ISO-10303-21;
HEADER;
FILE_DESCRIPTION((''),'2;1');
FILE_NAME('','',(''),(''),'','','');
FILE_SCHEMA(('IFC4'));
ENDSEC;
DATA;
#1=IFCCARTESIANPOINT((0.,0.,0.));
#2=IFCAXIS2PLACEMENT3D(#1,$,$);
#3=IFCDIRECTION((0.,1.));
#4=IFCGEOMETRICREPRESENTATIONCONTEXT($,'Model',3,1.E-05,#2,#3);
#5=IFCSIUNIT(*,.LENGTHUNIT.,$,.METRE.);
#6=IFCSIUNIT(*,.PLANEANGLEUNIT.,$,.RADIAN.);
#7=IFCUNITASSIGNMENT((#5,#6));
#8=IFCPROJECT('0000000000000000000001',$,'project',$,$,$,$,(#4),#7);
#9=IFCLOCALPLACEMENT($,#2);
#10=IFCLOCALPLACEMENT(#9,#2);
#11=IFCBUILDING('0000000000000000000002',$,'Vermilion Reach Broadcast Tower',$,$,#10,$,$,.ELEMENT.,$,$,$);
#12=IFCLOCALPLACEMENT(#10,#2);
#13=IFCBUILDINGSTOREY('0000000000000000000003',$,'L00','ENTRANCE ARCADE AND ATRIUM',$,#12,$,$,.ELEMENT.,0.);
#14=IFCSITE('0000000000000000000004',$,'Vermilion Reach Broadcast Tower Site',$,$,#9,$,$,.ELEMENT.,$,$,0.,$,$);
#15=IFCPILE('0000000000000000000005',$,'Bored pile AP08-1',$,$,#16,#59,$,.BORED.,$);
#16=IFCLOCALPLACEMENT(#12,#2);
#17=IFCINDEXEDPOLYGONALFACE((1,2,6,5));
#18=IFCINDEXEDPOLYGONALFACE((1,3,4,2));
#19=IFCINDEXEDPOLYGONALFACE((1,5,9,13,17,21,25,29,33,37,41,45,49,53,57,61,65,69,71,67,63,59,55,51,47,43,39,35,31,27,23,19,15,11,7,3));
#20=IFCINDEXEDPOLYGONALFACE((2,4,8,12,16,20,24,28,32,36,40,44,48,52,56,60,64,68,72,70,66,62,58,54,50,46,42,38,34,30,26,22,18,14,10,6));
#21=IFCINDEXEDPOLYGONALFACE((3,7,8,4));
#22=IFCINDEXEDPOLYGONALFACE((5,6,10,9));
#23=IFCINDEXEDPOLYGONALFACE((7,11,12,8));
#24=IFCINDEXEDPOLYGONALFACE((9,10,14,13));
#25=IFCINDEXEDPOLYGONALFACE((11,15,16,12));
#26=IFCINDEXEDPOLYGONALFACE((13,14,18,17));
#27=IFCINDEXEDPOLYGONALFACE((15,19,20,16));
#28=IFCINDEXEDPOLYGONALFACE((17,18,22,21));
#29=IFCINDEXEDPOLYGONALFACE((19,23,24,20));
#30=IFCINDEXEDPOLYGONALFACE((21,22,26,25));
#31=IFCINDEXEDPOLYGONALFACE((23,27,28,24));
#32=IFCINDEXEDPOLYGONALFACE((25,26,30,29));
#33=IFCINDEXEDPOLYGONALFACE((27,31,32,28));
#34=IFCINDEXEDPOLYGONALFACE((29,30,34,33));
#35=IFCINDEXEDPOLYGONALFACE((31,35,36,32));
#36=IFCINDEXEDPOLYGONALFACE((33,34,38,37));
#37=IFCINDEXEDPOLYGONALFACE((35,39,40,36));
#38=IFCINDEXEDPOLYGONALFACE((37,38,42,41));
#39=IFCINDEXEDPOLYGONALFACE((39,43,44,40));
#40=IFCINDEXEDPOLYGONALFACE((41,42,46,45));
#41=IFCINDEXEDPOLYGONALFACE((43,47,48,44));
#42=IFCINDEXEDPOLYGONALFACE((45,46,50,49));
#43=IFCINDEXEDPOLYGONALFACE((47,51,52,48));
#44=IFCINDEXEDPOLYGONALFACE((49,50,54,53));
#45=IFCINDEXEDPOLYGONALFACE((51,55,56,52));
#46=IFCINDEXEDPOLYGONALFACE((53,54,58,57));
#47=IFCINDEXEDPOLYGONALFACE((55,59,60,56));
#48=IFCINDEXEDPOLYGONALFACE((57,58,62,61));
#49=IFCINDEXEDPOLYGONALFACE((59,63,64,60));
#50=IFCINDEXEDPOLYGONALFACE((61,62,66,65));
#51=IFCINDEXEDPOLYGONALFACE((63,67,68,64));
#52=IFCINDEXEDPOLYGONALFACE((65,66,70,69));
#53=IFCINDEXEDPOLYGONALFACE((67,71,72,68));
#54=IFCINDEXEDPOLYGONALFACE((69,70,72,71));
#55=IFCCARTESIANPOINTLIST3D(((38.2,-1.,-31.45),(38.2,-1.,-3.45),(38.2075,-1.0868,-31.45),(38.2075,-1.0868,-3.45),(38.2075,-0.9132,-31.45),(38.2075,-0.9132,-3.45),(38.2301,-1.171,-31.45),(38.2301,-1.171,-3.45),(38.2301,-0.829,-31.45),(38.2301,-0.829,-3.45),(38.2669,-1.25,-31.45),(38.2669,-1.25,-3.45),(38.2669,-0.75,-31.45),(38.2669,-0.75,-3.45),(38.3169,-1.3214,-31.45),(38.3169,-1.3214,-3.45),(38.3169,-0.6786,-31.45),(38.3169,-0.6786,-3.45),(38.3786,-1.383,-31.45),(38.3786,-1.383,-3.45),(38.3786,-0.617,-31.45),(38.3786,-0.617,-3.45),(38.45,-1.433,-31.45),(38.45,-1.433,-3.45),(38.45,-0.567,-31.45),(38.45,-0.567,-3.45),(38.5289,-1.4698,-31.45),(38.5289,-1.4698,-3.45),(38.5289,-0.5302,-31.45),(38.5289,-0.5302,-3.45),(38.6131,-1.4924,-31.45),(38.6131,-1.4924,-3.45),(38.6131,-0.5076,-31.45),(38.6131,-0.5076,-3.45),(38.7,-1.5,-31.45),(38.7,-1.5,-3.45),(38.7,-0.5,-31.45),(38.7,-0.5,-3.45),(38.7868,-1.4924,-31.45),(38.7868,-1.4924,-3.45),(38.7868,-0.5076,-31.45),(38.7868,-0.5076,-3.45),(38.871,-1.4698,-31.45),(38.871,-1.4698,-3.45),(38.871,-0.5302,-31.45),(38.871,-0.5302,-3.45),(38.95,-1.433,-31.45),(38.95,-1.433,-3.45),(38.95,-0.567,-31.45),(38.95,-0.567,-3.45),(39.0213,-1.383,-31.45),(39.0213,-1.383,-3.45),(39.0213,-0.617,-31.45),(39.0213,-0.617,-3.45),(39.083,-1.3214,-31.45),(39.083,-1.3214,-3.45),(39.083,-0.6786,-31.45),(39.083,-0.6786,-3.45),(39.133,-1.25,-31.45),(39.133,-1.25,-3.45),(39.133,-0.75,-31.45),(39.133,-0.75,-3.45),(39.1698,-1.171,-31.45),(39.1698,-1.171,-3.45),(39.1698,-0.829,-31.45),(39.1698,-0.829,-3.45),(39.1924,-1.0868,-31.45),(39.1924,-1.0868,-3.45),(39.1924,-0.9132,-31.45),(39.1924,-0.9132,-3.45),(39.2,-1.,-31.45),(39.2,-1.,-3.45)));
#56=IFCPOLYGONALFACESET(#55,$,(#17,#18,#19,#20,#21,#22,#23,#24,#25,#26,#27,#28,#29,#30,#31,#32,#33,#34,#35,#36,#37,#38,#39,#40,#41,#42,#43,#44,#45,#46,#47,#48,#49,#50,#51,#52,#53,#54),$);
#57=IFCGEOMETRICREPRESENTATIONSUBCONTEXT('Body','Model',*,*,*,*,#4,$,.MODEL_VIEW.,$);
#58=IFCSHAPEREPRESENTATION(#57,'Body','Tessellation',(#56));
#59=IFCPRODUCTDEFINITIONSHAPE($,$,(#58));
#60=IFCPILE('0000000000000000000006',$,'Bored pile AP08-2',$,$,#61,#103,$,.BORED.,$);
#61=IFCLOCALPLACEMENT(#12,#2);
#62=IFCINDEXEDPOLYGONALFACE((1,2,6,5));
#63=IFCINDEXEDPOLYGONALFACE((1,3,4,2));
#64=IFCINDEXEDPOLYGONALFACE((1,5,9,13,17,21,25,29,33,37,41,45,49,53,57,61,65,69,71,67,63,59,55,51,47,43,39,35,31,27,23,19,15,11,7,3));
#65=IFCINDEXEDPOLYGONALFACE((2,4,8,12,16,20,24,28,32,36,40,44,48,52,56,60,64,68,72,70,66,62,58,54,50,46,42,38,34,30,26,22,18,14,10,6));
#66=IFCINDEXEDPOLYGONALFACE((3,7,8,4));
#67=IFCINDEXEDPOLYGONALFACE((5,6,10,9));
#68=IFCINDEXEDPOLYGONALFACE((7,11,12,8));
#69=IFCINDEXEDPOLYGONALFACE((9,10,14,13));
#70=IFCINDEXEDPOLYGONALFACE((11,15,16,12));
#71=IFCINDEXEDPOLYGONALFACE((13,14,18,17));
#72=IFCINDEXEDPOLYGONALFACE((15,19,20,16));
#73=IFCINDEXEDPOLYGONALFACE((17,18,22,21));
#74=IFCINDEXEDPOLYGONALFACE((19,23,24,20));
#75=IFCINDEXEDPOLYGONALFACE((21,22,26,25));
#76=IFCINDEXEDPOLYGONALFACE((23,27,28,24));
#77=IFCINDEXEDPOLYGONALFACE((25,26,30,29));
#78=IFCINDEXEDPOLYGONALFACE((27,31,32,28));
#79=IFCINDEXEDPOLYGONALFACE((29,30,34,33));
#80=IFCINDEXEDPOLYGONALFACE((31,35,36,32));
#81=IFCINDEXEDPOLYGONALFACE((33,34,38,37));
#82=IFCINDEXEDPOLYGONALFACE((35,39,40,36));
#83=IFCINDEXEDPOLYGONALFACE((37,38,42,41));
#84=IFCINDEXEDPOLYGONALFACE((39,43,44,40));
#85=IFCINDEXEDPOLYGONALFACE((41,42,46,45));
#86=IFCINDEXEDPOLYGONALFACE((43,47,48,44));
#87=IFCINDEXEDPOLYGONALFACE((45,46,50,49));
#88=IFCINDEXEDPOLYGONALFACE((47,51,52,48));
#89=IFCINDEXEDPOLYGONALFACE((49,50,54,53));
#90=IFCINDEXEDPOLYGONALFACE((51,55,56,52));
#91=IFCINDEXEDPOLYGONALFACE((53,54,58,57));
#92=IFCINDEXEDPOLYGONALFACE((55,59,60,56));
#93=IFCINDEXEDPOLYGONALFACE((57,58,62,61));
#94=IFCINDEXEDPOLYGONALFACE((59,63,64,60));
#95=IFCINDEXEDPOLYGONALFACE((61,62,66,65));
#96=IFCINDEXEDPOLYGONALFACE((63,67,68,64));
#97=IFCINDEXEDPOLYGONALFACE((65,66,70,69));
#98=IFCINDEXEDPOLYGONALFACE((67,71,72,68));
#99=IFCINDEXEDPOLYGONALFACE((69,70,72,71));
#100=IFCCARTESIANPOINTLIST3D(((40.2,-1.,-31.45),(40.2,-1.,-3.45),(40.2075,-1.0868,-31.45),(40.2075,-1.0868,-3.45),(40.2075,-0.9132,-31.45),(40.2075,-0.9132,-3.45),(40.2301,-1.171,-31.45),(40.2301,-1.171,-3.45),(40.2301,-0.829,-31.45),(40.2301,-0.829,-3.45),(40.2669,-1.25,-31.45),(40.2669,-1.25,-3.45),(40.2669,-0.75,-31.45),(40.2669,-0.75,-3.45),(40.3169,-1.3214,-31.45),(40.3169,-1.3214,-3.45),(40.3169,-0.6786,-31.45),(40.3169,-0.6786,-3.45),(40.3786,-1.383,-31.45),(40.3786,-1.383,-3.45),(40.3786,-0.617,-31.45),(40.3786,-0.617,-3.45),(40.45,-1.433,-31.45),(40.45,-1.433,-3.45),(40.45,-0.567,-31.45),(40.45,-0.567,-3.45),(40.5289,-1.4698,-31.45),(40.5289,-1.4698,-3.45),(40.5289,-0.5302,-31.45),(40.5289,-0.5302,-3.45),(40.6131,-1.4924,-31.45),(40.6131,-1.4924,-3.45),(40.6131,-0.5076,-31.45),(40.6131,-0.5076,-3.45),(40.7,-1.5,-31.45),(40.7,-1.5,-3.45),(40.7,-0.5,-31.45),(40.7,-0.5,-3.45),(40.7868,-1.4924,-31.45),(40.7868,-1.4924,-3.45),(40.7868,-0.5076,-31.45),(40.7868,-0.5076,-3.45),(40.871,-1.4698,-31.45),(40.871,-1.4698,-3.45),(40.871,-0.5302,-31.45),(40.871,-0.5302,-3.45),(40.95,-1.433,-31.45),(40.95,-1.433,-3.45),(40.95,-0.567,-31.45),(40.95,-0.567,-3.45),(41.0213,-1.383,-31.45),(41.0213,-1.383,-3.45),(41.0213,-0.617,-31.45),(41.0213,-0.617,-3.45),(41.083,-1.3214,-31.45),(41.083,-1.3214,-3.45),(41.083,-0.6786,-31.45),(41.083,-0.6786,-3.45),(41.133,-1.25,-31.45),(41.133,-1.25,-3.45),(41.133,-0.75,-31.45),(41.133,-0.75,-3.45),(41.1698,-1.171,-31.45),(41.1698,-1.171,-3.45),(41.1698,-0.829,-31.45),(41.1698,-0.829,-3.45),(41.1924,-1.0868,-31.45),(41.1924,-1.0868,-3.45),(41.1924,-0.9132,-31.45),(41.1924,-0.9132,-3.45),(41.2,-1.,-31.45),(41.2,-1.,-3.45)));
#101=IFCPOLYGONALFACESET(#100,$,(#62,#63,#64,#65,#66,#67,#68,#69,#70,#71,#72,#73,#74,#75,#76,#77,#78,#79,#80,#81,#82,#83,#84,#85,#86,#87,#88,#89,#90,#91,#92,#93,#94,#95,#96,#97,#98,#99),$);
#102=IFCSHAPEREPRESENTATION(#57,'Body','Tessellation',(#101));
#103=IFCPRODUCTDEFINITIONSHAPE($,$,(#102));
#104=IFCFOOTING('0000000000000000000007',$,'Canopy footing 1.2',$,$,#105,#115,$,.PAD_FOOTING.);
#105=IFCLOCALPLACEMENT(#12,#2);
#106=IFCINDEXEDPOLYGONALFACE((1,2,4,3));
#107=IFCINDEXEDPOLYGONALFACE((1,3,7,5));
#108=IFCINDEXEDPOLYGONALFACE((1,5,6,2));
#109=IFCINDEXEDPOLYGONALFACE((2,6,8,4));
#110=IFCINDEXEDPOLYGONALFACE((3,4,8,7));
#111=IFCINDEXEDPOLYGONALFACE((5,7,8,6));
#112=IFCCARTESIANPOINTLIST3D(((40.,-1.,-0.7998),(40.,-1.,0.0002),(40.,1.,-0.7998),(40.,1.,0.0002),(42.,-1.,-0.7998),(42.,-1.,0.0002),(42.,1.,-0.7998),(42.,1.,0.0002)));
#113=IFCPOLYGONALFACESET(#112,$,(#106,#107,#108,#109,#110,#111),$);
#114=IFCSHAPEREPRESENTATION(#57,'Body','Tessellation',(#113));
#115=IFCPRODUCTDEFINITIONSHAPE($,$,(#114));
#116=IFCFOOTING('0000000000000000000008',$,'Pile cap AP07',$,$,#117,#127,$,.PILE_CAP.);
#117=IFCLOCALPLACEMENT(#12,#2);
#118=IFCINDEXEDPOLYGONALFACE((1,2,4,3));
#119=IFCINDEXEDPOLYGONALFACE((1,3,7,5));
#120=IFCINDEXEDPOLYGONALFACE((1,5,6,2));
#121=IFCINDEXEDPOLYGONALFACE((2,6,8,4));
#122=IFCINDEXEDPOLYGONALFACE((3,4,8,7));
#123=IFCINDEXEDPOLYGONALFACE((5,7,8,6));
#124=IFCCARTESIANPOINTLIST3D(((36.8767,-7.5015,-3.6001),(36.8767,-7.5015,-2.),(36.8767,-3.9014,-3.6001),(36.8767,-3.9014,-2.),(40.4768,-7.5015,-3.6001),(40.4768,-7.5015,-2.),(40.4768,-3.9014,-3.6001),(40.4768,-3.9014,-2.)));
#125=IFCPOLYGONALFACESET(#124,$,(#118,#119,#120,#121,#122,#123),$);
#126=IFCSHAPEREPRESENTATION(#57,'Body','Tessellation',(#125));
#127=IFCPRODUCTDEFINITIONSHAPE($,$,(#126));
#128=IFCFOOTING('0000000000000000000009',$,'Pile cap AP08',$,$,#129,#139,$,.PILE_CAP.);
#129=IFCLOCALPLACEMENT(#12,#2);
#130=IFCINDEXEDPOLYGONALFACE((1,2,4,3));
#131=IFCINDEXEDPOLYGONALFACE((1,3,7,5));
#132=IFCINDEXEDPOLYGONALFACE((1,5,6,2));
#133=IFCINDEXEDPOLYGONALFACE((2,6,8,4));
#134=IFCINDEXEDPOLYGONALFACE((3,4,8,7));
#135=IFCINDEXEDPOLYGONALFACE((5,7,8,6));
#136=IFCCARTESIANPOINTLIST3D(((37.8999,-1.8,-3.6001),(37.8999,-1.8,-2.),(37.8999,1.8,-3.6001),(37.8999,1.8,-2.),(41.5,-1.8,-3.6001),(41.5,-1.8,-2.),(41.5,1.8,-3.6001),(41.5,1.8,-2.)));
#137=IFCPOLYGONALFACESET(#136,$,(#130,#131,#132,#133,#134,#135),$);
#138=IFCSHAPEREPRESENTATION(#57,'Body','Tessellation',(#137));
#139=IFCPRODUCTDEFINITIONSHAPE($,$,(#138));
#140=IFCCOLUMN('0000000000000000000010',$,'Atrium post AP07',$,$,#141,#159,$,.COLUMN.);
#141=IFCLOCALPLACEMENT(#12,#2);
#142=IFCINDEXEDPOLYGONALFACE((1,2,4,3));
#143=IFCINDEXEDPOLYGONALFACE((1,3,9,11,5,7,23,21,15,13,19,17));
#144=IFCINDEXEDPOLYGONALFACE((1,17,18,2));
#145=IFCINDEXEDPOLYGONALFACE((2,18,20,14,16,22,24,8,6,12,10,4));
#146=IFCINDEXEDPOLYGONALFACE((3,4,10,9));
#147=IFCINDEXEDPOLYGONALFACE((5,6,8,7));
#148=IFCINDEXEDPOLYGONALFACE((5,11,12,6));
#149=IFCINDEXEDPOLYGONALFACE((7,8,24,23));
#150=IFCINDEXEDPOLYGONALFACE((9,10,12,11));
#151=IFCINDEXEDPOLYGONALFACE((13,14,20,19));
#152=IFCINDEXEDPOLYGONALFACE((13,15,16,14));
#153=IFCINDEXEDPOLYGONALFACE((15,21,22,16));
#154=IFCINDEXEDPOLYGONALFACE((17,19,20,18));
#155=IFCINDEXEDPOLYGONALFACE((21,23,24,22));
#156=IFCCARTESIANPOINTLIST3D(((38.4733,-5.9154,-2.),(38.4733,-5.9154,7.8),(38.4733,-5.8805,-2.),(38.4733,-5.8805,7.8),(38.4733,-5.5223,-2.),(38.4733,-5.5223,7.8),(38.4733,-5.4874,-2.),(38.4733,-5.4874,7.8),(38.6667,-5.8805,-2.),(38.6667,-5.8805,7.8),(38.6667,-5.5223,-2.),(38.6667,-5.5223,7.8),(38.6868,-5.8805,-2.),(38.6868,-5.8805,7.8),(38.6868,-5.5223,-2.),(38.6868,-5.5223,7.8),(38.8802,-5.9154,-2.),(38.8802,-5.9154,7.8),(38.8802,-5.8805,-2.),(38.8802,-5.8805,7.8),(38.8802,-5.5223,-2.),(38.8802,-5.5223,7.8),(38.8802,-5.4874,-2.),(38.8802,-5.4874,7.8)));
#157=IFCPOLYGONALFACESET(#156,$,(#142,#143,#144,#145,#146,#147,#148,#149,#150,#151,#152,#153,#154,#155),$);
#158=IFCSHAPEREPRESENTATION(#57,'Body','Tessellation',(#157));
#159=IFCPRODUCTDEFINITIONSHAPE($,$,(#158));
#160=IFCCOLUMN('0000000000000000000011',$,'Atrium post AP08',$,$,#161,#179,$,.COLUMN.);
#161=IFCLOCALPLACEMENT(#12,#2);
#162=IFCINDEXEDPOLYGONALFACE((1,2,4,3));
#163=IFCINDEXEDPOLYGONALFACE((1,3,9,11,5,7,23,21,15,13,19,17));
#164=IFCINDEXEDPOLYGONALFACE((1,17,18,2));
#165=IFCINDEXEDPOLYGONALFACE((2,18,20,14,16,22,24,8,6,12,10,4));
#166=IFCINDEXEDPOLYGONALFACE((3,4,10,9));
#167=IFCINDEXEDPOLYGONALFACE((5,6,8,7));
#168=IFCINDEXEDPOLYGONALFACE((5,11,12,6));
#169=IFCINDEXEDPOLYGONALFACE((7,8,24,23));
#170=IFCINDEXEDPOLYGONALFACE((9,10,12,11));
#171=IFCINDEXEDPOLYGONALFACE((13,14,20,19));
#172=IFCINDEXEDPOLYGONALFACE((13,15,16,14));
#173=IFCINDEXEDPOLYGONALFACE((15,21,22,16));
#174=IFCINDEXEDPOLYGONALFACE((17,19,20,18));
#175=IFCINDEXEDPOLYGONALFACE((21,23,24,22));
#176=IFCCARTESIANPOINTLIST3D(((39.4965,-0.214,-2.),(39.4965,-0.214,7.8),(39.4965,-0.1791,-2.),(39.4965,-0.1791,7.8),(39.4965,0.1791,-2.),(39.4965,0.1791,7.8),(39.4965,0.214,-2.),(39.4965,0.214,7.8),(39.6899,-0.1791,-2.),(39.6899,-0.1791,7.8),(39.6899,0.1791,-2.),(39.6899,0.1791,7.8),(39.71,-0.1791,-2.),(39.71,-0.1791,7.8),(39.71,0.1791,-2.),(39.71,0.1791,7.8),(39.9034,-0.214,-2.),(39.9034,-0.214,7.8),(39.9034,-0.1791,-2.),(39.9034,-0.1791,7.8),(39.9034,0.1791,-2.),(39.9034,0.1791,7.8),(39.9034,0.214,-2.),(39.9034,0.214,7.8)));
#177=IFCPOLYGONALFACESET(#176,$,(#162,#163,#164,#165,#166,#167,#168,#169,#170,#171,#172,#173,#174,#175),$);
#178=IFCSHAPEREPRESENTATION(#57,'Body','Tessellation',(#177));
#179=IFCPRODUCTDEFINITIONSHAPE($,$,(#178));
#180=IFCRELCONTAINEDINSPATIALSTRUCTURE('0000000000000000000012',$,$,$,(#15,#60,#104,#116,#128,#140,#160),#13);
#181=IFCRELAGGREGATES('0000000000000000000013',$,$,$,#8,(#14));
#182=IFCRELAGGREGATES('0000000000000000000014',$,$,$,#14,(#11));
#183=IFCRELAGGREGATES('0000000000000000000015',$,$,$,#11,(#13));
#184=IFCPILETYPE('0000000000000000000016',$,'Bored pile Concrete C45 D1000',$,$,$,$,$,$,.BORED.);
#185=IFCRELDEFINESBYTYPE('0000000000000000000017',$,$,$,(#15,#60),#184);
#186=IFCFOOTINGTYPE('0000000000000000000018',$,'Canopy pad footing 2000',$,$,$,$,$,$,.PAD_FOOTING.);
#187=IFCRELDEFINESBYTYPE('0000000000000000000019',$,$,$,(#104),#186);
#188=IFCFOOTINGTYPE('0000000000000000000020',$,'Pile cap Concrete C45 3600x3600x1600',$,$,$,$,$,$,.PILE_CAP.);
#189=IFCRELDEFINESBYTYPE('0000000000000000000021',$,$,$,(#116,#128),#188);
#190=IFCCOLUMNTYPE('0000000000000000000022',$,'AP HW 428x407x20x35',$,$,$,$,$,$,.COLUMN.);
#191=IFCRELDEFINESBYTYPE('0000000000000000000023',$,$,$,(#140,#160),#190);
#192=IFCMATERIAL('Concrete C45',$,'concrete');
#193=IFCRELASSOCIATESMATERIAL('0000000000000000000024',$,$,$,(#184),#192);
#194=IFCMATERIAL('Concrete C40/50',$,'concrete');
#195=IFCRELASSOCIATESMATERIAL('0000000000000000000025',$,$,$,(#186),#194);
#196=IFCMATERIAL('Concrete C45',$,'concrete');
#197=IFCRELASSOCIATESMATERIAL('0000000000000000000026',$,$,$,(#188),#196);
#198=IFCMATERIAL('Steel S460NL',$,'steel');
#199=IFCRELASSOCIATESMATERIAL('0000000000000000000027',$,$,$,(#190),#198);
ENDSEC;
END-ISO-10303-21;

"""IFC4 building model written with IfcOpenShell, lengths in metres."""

from ifc_helpers import new_model, si_unit, direction, frame, origin, origin_2d, place, context, subcontext, project, spatial, rectangle, circle, i_section, extrude, material, material_profile, profile_set, type_object, element, save


model = new_model("IFC4")

# Units and contexts
model_context = context("Model", 3, precision=1e-05, world=origin(), true_north=direction((0.0, 1.0)))
body_context = subcontext(model_context, "Body", "Model", "MODEL_VIEW")
ifc_project = project(units=[si_unit("LENGTHUNIT", "METRE"), si_unit("PLANEANGLEUNIT", "RADIAN")], contexts=[model_context])

# Site, building, storey
site_placement = place(None, origin())
site = spatial("IfcSite", under=ifc_project, at=site_placement, Name="Vermilion Reach Broadcast Tower Site", CompositionType="ELEMENT", RefElevation=0.0)
building_placement = place(site_placement, origin())
building = spatial("IfcBuilding", under=site, at=building_placement, Name="Vermilion Reach Broadcast Tower", CompositionType="ELEMENT")
storey_placement = place(building_placement, origin())
storey = spatial("IfcBuildingStorey", under=building, at=storey_placement, Name="L00", Description="ENTRANCE ARCADE AND ATRIUM", CompositionType="ELEMENT", Elevation=0.0)

# Piles
ifc_material_1 = material(Name="Concrete C45", Category="concrete")
ifc_material_profile_1 = material_profile(ifc_material_1, circle(Radius=0.5, at=origin_2d()), Name="Concrete C45 D1000")
ifc_profile_set_1 = profile_set([ifc_material_profile_1], Name="Concrete C45")
pile_type = type_object("IfcPileType", Name="Bored pile Concrete C45 D1000", PredefinedType="BORED", material=ifc_profile_set_1)
for number, where, z_axis, x_axis, name in (
    (1, (38.7, -1.0, -3.45), (0.0, 0.0, -1.0), (1.0, 0.0, 0.0), "Bored pile AP08-1"),
    (2, (40.7, -1.0, -3.45), (0.0, 0.0, -1.0), (1.0, 0.0, 0.0), "Bored pile AP08-2"),
):
    element("IfcPile", number, at=place(storey_placement, frame(where, z_axis=z_axis, x_axis=x_axis)), inside=storey, type_object=pile_type, Name=name, PredefinedType="BORED", context=body_context, shape_type="SweptSolid", body=[
        extrude(circle(Radius=0.5, at=origin_2d()), origin(), (0.0, 0.0, 1.0), 28.0),
    ])

# Footings
ifc_material_2 = material(Name="Concrete C40/50", Category="concrete")
footing_type_1 = type_object("IfcFootingType", Name="Canopy pad footing 2000", PredefinedType="PAD_FOOTING", material=ifc_material_2)
footing_placement = place(storey_placement, frame((41.0, 0.0, -0.7998), z_axis=(0.0, 0.0, 1.0), x_axis=(1.0, 0.0, 0.0)))
element("IfcFooting", 3, at=footing_placement, inside=storey, type_object=footing_type_1, Name="Canopy footing 1.2", PredefinedType="PAD_FOOTING", context=body_context, shape_type="SweptSolid", body=[
    extrude(rectangle(XDim=2.0, YDim=2.0, at=origin_2d()), origin(), (0.0, 0.0, 1.0), 0.8),
])
ifc_material_3 = material(Name="Concrete C45", Category="concrete")
footing_type_2 = type_object("IfcFootingType", Name="Pile cap Concrete C45 3600x3600x1600", PredefinedType="PILE_CAP", material=ifc_material_3)
for number, where, z_axis, x_axis, name in (
    (4, (38.6768, -5.7014, -3.6001), (0.0, 0.0, 1.0), (1.0, 0.0, 0.0), "Pile cap AP07"),
    (5, (39.7, 0.0, -3.6001), (0.0, 0.0, 1.0), (1.0, 0.0, 0.0), "Pile cap AP08"),
):
    element("IfcFooting", number, at=place(storey_placement, frame(where, z_axis=z_axis, x_axis=x_axis)), inside=storey, type_object=footing_type_2, Name=name, PredefinedType="PILE_CAP", context=body_context, shape_type="SweptSolid", body=[
        extrude(rectangle(XDim=3.6001, YDim=3.6001, at=origin_2d()), origin(), (0.0, 0.0, 1.0), 1.6001),
    ])

# Columns
ifc_material_4 = material(Name="Steel S460NL", Category="steel")
ifc_material_profile_2 = material_profile(ifc_material_4, i_section(OverallWidth=0.407, OverallDepth=0.428, WebThickness=0.02, FlangeThickness=0.0349, at=origin_2d()), Name="S460NL HW 428x407x20x35")
ifc_profile_set_2 = profile_set([ifc_material_profile_2], Name="Steel S460NL")
column_type_1 = type_object("IfcColumnType", Name="AP HW 428x407x20x35", PredefinedType="COLUMN", material=ifc_profile_set_2)
for number, where, z_axis, x_axis, name in (
    (6, (38.6768, -5.7014, -2.0), (0.0, 0.0, 1.0), (1.0, 0.0, 0.0), "Atrium post AP07"),
    (7, (39.7, 0.0, -2.0), (0.0, 0.0, 1.0), (1.0, 0.0, 0.0), "Atrium post AP08"),
):
    element("IfcColumn", number, at=place(storey_placement, frame(where, z_axis=z_axis, x_axis=x_axis)), inside=storey, type_object=column_type_1, Name=name, PredefinedType="COLUMN", context=body_context, shape_type="SweptSolid", body=[
        extrude(i_section(OverallWidth=0.407, OverallDepth=0.428, WebThickness=0.02, FlangeThickness=0.0349, at=origin_2d()), origin(), (0.0, 0.0, 1.0), 9.8),
    ])

save(model, "model.ifc")
